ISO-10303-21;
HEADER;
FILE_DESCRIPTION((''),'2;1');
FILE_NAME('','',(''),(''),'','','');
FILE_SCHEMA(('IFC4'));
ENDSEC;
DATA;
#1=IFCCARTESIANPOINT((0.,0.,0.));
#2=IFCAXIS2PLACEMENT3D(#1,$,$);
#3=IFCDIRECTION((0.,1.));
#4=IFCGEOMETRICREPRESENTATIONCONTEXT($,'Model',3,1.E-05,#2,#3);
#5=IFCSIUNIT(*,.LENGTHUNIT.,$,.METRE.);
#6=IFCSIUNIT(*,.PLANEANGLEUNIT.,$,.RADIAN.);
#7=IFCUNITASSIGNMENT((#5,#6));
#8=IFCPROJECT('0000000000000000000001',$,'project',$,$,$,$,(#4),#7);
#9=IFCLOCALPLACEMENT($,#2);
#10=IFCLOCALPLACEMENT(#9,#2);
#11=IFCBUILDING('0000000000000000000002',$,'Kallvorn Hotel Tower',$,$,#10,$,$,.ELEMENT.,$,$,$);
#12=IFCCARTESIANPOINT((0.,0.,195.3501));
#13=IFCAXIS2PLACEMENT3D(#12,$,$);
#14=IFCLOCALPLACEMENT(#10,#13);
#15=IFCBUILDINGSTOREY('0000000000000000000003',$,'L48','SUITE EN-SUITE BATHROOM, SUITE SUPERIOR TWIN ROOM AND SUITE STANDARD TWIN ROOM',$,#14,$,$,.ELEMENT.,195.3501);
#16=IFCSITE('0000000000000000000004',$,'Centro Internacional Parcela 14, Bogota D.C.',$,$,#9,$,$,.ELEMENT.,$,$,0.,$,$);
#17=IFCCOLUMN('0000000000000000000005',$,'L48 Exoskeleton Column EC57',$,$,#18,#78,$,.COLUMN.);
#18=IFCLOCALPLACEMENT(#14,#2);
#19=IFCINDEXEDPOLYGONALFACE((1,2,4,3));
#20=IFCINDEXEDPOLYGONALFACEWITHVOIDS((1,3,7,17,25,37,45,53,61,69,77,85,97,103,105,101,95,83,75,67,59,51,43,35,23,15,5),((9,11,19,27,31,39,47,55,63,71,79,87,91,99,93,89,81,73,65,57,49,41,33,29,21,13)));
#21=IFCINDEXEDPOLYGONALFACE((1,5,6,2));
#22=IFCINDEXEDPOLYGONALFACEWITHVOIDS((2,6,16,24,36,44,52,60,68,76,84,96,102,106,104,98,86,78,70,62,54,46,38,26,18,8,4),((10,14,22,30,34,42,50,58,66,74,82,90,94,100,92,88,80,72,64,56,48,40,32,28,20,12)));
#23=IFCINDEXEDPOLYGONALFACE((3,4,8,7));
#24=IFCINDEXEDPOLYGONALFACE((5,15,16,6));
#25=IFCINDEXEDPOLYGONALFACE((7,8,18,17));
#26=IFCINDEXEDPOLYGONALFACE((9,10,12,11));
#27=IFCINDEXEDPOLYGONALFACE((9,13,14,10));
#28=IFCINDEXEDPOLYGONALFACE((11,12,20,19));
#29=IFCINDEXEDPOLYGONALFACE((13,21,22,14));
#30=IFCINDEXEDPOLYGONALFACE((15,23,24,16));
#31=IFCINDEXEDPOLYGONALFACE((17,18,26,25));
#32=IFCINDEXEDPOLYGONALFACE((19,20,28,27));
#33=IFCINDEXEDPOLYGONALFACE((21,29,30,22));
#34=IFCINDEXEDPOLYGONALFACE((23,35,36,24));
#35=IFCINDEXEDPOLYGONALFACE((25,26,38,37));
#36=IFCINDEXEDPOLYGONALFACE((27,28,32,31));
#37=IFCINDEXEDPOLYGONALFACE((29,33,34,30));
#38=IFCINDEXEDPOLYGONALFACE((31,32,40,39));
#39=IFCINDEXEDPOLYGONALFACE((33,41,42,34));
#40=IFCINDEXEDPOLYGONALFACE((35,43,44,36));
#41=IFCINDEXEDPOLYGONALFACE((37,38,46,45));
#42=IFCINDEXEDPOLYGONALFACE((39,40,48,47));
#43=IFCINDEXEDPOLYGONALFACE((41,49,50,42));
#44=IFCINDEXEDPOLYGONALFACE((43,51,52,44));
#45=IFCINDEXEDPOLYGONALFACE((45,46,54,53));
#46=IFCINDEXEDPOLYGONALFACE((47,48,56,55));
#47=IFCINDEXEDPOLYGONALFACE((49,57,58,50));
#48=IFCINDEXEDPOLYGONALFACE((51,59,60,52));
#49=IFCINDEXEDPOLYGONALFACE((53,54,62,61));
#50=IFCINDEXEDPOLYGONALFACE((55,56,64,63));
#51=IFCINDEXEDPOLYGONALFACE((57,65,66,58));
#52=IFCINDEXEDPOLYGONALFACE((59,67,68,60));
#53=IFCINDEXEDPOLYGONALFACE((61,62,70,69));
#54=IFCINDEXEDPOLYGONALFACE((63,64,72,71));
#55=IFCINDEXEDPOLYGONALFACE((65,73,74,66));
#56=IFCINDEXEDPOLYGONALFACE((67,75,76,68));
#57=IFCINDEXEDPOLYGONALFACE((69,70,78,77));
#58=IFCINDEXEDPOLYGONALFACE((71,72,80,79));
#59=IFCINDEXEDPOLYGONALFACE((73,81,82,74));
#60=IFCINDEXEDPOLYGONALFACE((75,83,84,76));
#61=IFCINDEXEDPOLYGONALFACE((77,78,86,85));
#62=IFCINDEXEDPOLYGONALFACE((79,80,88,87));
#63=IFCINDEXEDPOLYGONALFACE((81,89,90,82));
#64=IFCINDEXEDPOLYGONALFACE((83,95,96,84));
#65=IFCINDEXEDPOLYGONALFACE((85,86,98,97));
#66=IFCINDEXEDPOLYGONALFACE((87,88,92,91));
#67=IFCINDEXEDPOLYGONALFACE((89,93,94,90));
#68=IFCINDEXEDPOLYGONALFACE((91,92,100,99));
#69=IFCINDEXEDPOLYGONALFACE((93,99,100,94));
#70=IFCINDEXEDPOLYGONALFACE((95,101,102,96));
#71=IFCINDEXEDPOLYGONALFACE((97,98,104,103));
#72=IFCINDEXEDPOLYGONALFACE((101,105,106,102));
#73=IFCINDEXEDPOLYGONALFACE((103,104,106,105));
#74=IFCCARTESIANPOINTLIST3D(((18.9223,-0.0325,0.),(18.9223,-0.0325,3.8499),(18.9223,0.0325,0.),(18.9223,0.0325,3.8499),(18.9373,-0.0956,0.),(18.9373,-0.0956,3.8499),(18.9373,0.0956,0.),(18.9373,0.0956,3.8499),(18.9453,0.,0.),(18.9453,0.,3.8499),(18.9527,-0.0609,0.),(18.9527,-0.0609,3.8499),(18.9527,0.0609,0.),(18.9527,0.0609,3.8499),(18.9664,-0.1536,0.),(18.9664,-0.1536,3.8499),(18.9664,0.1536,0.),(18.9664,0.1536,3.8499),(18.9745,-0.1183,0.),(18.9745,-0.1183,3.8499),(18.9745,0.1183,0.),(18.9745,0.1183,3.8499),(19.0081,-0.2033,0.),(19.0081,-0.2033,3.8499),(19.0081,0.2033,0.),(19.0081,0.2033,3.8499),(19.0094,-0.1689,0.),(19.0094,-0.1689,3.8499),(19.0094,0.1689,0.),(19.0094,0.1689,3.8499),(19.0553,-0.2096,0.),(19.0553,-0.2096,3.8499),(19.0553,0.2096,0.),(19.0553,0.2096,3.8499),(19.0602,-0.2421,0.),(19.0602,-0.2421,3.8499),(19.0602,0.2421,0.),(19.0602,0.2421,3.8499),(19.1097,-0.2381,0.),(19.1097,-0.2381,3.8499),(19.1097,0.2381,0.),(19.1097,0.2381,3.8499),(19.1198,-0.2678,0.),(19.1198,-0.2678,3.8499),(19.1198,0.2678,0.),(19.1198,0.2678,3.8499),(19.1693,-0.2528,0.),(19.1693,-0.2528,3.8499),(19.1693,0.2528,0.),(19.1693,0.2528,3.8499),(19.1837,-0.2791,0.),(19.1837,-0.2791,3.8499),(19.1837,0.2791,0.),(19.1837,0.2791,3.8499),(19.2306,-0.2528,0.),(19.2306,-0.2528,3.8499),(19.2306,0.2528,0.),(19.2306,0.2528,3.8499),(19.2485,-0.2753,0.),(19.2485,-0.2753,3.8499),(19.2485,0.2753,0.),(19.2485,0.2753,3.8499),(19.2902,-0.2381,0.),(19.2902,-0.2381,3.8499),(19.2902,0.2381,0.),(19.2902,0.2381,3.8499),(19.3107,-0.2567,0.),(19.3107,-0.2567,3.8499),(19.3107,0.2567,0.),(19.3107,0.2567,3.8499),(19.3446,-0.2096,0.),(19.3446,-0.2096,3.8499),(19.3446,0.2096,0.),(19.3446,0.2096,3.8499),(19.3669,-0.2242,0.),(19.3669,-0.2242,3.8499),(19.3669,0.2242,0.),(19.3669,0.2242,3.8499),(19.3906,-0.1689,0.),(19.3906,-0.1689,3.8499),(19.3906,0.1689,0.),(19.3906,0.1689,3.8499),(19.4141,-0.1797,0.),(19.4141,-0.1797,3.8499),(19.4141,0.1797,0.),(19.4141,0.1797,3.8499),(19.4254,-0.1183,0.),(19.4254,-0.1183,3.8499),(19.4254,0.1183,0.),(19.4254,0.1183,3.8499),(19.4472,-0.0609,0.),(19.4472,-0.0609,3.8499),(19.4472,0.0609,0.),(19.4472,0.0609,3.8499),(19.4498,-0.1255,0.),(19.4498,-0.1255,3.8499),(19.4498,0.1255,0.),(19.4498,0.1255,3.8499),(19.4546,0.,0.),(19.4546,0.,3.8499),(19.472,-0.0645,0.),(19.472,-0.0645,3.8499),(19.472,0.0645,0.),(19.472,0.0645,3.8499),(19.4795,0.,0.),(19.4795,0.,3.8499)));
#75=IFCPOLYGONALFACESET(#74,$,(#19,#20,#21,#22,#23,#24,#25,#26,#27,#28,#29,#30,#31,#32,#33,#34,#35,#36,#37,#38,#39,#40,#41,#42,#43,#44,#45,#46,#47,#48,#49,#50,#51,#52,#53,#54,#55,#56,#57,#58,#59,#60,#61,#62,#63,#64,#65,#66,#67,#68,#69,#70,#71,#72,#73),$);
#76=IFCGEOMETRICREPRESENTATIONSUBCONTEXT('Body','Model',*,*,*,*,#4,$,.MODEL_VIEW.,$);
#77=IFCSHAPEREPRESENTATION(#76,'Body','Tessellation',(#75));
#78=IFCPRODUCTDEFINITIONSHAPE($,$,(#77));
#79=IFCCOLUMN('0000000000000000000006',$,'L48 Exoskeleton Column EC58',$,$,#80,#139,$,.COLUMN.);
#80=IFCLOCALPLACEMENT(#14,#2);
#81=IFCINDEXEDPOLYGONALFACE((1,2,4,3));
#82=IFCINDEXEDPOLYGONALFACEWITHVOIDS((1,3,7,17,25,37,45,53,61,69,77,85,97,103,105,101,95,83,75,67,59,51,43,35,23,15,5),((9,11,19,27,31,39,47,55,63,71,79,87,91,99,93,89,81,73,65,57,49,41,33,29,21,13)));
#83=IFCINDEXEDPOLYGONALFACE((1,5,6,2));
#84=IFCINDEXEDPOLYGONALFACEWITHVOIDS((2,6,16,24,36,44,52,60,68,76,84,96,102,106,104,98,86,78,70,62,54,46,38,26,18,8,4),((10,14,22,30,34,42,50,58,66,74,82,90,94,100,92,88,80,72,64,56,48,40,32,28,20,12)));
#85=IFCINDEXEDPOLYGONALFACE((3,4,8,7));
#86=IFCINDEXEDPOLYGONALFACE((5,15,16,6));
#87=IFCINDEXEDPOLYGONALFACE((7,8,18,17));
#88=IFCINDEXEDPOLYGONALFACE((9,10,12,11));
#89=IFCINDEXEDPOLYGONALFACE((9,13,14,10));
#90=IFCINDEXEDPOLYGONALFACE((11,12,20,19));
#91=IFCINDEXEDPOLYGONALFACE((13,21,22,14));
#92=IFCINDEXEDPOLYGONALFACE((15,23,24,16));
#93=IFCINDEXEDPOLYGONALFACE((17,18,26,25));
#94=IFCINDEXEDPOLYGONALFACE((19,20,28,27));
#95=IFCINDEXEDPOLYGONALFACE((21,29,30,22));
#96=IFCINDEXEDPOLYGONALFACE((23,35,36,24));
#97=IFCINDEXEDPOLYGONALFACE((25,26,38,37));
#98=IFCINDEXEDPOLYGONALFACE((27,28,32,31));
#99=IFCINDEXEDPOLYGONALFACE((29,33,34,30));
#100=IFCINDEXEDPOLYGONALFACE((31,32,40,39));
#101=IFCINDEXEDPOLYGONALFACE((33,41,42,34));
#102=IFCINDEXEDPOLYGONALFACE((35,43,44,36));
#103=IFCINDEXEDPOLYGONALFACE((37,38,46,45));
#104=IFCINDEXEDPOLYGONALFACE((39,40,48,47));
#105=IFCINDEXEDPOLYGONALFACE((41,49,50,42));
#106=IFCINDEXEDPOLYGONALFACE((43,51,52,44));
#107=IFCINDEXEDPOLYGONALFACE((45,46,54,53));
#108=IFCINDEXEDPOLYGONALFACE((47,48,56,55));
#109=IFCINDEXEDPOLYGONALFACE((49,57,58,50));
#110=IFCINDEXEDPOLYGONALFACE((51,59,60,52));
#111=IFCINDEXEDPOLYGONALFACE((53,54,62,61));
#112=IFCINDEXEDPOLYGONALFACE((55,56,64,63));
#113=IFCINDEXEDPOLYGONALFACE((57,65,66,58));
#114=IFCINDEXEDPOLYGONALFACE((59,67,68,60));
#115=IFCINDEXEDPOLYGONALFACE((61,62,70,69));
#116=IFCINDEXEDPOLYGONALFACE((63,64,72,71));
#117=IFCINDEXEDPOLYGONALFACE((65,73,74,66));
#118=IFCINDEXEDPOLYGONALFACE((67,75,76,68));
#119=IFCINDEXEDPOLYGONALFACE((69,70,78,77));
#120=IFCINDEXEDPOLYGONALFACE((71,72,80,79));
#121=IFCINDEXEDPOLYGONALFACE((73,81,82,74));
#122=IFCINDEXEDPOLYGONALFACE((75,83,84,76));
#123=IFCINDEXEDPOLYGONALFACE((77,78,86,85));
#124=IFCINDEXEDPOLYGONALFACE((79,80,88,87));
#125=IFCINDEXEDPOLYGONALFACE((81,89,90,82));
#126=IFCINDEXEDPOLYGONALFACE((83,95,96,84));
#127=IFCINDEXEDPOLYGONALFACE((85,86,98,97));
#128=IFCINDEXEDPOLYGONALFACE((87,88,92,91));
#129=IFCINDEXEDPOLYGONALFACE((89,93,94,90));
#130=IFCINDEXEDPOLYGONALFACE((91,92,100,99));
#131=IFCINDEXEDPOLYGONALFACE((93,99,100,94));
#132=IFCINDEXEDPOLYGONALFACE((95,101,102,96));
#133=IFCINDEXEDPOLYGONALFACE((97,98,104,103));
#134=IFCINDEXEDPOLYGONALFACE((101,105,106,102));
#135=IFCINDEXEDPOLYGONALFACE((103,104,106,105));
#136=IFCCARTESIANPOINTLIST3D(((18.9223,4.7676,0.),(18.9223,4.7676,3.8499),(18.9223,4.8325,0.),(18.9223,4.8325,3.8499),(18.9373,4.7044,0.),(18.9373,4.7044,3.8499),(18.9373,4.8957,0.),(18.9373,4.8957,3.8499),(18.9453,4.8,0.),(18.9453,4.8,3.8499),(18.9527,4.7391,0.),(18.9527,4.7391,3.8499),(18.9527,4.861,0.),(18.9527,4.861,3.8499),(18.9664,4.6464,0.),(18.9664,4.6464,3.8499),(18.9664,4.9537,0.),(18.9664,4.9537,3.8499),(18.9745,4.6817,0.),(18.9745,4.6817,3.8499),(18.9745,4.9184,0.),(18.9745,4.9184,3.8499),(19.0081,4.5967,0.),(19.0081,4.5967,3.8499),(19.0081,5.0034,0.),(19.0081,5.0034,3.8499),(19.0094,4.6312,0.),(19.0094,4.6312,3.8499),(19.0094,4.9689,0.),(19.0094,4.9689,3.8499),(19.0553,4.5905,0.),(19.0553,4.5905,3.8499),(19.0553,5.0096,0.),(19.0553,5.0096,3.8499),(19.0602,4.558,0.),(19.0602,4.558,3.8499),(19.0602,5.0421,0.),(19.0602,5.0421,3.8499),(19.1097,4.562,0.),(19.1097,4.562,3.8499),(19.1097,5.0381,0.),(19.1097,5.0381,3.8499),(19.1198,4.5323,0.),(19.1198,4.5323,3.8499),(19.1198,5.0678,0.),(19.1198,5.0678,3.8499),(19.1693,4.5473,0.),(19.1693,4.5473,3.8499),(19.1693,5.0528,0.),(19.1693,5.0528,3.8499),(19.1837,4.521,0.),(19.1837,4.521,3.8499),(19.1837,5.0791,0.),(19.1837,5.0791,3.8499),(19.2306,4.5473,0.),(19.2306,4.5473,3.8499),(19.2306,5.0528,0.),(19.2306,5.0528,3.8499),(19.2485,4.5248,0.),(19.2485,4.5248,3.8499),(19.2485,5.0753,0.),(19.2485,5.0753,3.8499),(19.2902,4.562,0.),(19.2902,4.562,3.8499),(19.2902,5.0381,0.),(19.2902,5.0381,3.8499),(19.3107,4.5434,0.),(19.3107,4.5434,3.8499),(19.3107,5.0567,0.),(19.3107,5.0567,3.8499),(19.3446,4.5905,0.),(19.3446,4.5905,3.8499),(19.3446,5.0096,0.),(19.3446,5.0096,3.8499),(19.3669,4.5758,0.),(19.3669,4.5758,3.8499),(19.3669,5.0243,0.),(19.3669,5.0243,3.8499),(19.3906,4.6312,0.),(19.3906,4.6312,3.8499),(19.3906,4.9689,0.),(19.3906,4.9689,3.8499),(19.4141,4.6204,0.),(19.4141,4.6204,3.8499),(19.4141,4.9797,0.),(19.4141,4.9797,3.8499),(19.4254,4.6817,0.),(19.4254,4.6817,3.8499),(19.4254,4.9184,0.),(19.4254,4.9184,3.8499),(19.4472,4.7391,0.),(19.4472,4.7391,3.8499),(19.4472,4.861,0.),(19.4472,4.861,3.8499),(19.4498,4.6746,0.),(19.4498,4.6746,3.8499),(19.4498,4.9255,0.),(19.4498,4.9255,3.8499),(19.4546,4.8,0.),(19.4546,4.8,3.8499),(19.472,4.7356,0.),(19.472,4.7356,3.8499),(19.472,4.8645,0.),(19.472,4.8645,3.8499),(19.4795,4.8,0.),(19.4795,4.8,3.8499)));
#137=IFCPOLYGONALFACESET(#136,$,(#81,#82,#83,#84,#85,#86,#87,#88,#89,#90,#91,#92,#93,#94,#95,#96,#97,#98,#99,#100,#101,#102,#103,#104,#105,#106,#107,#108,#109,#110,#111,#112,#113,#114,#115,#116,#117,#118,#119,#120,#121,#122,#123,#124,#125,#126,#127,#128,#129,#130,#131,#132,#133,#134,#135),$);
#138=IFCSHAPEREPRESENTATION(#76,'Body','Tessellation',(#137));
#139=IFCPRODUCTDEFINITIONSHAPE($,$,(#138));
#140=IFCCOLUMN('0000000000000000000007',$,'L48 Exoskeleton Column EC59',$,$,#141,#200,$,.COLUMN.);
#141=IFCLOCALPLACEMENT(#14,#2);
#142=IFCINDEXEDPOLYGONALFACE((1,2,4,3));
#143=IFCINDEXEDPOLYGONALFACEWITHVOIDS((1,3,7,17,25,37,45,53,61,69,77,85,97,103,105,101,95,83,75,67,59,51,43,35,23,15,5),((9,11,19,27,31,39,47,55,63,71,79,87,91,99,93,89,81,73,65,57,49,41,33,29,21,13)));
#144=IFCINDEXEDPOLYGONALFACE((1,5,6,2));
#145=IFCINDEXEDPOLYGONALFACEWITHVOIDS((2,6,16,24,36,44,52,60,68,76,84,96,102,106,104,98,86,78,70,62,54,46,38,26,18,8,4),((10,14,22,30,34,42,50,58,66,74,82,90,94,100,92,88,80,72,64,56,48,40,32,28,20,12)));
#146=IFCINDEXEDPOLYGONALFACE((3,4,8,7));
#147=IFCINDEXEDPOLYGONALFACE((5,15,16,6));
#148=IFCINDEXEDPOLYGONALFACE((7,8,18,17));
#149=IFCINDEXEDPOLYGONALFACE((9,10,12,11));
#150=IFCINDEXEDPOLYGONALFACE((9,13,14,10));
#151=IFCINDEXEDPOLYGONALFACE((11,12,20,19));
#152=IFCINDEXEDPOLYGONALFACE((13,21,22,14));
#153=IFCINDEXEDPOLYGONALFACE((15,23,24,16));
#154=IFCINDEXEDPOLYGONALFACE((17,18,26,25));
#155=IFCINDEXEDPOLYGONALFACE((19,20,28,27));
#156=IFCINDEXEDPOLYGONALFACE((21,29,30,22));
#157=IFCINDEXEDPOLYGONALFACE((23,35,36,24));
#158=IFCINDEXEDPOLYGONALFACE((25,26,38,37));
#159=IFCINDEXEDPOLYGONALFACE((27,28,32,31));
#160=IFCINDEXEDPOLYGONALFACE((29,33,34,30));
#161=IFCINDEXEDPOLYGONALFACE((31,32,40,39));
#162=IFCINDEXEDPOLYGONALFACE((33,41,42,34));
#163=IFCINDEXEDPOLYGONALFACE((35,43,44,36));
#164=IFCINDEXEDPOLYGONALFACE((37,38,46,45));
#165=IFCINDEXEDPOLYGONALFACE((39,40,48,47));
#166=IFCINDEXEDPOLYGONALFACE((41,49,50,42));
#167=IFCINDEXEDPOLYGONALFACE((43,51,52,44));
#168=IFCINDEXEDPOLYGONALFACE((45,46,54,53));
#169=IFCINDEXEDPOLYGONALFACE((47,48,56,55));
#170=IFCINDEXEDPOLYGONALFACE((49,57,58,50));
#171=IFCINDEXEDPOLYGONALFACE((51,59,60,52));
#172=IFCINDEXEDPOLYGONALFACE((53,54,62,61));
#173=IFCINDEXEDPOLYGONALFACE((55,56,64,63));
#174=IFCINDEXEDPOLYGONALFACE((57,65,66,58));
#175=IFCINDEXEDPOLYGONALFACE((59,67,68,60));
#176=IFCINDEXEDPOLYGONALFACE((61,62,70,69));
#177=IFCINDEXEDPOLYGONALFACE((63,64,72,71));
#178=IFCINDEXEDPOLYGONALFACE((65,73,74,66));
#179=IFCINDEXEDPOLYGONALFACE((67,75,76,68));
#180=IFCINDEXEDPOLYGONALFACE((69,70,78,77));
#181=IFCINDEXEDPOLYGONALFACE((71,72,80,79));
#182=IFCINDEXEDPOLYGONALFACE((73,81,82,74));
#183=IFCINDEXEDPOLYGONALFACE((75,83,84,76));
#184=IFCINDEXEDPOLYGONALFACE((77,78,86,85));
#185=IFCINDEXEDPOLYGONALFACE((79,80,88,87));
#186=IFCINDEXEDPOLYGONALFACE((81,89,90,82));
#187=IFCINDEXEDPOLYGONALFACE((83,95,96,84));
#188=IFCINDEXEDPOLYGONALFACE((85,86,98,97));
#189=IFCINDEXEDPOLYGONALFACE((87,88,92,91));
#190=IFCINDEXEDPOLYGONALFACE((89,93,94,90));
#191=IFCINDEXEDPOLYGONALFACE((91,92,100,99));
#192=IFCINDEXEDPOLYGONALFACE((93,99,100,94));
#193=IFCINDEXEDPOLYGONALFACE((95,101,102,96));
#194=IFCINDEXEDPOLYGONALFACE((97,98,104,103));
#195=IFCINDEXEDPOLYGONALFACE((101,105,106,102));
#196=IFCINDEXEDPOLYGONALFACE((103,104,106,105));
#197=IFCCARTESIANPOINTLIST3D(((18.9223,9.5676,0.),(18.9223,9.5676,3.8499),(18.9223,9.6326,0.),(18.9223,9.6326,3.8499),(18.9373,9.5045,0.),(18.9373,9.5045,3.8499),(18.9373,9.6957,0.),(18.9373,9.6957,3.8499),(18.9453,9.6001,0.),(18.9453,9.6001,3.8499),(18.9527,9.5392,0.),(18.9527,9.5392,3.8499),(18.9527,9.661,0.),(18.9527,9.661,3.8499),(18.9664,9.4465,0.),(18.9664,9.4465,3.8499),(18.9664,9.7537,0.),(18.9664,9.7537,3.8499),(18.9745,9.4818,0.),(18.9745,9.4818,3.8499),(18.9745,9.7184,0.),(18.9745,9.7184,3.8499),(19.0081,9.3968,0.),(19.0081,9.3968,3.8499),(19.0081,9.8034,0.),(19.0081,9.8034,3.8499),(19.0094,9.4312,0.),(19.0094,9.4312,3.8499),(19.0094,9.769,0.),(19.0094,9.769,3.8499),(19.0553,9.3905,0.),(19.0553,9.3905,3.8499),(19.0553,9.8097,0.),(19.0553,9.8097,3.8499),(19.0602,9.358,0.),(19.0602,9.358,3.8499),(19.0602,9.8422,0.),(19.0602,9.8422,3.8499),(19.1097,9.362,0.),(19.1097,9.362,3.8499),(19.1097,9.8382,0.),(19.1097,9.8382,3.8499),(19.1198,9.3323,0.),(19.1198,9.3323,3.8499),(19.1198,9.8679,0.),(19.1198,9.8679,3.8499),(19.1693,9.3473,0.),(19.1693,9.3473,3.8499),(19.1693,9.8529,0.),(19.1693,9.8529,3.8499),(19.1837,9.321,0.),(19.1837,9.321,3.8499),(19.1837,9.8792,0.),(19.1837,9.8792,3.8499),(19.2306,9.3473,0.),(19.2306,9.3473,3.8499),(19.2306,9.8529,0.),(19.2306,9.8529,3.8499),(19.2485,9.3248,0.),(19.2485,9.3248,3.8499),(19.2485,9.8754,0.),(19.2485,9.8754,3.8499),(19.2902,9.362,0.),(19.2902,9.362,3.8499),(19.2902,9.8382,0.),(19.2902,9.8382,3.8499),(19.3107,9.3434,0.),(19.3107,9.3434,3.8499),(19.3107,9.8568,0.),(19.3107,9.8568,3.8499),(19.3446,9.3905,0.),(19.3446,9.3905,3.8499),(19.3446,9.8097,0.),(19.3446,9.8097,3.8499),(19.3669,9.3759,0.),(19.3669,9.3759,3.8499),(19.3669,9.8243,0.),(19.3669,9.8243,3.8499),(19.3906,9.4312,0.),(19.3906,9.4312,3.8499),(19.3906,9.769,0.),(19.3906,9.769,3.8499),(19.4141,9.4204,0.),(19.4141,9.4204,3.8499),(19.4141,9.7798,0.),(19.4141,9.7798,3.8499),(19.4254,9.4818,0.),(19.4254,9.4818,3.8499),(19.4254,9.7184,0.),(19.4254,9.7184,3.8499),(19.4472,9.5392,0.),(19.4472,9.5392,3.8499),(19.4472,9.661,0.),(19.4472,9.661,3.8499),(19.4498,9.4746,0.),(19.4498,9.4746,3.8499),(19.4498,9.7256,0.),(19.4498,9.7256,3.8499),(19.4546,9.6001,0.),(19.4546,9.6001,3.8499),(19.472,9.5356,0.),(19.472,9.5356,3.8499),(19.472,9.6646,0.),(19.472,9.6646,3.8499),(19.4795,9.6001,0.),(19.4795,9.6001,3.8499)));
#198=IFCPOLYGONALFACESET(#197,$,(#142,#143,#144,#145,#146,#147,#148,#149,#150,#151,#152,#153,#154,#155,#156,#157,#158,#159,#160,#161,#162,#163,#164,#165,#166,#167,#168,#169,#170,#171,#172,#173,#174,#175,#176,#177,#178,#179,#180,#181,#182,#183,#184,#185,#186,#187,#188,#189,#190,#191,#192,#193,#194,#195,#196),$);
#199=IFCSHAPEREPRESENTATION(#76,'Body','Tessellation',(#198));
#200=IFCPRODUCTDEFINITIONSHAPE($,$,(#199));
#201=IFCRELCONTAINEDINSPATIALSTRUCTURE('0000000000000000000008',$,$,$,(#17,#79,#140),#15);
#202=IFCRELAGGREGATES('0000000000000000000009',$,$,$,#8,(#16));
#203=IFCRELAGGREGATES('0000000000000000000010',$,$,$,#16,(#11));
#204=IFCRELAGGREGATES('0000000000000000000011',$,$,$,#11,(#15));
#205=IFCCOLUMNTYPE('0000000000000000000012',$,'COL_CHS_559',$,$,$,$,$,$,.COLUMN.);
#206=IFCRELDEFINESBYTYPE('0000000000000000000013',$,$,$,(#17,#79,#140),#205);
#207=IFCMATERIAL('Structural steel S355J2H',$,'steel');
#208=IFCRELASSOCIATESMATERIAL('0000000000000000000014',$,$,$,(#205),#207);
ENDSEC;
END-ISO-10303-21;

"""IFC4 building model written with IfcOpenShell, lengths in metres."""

from ifc_helpers import new_model, si_unit, direction, frame, origin, origin_2d, place, context, subcontext, project, spatial, hollow_circle, extrude, material, material_profile, profile_set, type_object, element, save


model = new_model("IFC4")

# Units and contexts
model_context = context("Model", 3, precision=1e-05, world=origin(), true_north=direction((0.0, 1.0)))
body_context = subcontext(model_context, "Body", "Model", "MODEL_VIEW")
ifc_project = project(units=[si_unit("LENGTHUNIT", "METRE"), si_unit("PLANEANGLEUNIT", "RADIAN")], contexts=[model_context])

# Site, building, storey
site_placement = place(None, origin())
site = spatial("IfcSite", under=ifc_project, at=site_placement, Name="Centro Internacional Parcela 14, Bogota D.C.", CompositionType="ELEMENT", RefElevation=0.0)
building_placement = place(site_placement, origin())
building = spatial("IfcBuilding", under=site, at=building_placement, Name="Kallvorn Hotel Tower", CompositionType="ELEMENT")
storey_placement = place(building_placement, frame((0.0, 0.0, 195.3501)))
storey = spatial("IfcBuildingStorey", under=building, at=storey_placement, Name="L48", Description="SUITE EN-SUITE BATHROOM, SUITE SUPERIOR TWIN ROOM AND SUITE STANDARD TWIN ROOM", CompositionType="ELEMENT", Elevation=195.3501)

# Columns
ifc_material_1 = material(Name="Structural steel S355J2H", Category="steel")
ifc_material_profile_1 = material_profile(ifc_material_1, hollow_circle(Radius=0.2795, WallThickness=0.0249, at=origin_2d()), Name="CHS 559x25")
ifc_profile_set_1 = profile_set([ifc_material_profile_1], Name="Structural steel S355J2H")
column_type_1 = type_object("IfcColumnType", Name="COL_CHS_559", PredefinedType="COLUMN", material=ifc_profile_set_1)
for number, where, z_axis, x_axis, name in (
    (1, (19.2, 0.0, 0.0), (0.0, 0.0, 1.0), (1.0, 0.0, 0.0), "L48 Exoskeleton Column EC57"),
    (2, (19.2, 4.8, 0.0), (0.0, 0.0, 1.0), (1.0, 0.0, 0.0), "L48 Exoskeleton Column EC58"),
    (3, (19.2, 9.6001, 0.0), (0.0, 0.0, 1.0), (1.0, 0.0, 0.0), "L48 Exoskeleton Column EC59"),
):
    element("IfcColumn", number, at=place(storey_placement, frame(where, z_axis=z_axis, x_axis=x_axis)), inside=storey, type_object=column_type_1, Name=name, PredefinedType="COLUMN", context=body_context, shape_type="SweptSolid", body=[
        extrude(hollow_circle(Radius=0.2795, WallThickness=0.0249, at=origin_2d()), origin(), (0.0, 0.0, 1.0), 3.8499),
    ])

save(model, "model.ifc")
